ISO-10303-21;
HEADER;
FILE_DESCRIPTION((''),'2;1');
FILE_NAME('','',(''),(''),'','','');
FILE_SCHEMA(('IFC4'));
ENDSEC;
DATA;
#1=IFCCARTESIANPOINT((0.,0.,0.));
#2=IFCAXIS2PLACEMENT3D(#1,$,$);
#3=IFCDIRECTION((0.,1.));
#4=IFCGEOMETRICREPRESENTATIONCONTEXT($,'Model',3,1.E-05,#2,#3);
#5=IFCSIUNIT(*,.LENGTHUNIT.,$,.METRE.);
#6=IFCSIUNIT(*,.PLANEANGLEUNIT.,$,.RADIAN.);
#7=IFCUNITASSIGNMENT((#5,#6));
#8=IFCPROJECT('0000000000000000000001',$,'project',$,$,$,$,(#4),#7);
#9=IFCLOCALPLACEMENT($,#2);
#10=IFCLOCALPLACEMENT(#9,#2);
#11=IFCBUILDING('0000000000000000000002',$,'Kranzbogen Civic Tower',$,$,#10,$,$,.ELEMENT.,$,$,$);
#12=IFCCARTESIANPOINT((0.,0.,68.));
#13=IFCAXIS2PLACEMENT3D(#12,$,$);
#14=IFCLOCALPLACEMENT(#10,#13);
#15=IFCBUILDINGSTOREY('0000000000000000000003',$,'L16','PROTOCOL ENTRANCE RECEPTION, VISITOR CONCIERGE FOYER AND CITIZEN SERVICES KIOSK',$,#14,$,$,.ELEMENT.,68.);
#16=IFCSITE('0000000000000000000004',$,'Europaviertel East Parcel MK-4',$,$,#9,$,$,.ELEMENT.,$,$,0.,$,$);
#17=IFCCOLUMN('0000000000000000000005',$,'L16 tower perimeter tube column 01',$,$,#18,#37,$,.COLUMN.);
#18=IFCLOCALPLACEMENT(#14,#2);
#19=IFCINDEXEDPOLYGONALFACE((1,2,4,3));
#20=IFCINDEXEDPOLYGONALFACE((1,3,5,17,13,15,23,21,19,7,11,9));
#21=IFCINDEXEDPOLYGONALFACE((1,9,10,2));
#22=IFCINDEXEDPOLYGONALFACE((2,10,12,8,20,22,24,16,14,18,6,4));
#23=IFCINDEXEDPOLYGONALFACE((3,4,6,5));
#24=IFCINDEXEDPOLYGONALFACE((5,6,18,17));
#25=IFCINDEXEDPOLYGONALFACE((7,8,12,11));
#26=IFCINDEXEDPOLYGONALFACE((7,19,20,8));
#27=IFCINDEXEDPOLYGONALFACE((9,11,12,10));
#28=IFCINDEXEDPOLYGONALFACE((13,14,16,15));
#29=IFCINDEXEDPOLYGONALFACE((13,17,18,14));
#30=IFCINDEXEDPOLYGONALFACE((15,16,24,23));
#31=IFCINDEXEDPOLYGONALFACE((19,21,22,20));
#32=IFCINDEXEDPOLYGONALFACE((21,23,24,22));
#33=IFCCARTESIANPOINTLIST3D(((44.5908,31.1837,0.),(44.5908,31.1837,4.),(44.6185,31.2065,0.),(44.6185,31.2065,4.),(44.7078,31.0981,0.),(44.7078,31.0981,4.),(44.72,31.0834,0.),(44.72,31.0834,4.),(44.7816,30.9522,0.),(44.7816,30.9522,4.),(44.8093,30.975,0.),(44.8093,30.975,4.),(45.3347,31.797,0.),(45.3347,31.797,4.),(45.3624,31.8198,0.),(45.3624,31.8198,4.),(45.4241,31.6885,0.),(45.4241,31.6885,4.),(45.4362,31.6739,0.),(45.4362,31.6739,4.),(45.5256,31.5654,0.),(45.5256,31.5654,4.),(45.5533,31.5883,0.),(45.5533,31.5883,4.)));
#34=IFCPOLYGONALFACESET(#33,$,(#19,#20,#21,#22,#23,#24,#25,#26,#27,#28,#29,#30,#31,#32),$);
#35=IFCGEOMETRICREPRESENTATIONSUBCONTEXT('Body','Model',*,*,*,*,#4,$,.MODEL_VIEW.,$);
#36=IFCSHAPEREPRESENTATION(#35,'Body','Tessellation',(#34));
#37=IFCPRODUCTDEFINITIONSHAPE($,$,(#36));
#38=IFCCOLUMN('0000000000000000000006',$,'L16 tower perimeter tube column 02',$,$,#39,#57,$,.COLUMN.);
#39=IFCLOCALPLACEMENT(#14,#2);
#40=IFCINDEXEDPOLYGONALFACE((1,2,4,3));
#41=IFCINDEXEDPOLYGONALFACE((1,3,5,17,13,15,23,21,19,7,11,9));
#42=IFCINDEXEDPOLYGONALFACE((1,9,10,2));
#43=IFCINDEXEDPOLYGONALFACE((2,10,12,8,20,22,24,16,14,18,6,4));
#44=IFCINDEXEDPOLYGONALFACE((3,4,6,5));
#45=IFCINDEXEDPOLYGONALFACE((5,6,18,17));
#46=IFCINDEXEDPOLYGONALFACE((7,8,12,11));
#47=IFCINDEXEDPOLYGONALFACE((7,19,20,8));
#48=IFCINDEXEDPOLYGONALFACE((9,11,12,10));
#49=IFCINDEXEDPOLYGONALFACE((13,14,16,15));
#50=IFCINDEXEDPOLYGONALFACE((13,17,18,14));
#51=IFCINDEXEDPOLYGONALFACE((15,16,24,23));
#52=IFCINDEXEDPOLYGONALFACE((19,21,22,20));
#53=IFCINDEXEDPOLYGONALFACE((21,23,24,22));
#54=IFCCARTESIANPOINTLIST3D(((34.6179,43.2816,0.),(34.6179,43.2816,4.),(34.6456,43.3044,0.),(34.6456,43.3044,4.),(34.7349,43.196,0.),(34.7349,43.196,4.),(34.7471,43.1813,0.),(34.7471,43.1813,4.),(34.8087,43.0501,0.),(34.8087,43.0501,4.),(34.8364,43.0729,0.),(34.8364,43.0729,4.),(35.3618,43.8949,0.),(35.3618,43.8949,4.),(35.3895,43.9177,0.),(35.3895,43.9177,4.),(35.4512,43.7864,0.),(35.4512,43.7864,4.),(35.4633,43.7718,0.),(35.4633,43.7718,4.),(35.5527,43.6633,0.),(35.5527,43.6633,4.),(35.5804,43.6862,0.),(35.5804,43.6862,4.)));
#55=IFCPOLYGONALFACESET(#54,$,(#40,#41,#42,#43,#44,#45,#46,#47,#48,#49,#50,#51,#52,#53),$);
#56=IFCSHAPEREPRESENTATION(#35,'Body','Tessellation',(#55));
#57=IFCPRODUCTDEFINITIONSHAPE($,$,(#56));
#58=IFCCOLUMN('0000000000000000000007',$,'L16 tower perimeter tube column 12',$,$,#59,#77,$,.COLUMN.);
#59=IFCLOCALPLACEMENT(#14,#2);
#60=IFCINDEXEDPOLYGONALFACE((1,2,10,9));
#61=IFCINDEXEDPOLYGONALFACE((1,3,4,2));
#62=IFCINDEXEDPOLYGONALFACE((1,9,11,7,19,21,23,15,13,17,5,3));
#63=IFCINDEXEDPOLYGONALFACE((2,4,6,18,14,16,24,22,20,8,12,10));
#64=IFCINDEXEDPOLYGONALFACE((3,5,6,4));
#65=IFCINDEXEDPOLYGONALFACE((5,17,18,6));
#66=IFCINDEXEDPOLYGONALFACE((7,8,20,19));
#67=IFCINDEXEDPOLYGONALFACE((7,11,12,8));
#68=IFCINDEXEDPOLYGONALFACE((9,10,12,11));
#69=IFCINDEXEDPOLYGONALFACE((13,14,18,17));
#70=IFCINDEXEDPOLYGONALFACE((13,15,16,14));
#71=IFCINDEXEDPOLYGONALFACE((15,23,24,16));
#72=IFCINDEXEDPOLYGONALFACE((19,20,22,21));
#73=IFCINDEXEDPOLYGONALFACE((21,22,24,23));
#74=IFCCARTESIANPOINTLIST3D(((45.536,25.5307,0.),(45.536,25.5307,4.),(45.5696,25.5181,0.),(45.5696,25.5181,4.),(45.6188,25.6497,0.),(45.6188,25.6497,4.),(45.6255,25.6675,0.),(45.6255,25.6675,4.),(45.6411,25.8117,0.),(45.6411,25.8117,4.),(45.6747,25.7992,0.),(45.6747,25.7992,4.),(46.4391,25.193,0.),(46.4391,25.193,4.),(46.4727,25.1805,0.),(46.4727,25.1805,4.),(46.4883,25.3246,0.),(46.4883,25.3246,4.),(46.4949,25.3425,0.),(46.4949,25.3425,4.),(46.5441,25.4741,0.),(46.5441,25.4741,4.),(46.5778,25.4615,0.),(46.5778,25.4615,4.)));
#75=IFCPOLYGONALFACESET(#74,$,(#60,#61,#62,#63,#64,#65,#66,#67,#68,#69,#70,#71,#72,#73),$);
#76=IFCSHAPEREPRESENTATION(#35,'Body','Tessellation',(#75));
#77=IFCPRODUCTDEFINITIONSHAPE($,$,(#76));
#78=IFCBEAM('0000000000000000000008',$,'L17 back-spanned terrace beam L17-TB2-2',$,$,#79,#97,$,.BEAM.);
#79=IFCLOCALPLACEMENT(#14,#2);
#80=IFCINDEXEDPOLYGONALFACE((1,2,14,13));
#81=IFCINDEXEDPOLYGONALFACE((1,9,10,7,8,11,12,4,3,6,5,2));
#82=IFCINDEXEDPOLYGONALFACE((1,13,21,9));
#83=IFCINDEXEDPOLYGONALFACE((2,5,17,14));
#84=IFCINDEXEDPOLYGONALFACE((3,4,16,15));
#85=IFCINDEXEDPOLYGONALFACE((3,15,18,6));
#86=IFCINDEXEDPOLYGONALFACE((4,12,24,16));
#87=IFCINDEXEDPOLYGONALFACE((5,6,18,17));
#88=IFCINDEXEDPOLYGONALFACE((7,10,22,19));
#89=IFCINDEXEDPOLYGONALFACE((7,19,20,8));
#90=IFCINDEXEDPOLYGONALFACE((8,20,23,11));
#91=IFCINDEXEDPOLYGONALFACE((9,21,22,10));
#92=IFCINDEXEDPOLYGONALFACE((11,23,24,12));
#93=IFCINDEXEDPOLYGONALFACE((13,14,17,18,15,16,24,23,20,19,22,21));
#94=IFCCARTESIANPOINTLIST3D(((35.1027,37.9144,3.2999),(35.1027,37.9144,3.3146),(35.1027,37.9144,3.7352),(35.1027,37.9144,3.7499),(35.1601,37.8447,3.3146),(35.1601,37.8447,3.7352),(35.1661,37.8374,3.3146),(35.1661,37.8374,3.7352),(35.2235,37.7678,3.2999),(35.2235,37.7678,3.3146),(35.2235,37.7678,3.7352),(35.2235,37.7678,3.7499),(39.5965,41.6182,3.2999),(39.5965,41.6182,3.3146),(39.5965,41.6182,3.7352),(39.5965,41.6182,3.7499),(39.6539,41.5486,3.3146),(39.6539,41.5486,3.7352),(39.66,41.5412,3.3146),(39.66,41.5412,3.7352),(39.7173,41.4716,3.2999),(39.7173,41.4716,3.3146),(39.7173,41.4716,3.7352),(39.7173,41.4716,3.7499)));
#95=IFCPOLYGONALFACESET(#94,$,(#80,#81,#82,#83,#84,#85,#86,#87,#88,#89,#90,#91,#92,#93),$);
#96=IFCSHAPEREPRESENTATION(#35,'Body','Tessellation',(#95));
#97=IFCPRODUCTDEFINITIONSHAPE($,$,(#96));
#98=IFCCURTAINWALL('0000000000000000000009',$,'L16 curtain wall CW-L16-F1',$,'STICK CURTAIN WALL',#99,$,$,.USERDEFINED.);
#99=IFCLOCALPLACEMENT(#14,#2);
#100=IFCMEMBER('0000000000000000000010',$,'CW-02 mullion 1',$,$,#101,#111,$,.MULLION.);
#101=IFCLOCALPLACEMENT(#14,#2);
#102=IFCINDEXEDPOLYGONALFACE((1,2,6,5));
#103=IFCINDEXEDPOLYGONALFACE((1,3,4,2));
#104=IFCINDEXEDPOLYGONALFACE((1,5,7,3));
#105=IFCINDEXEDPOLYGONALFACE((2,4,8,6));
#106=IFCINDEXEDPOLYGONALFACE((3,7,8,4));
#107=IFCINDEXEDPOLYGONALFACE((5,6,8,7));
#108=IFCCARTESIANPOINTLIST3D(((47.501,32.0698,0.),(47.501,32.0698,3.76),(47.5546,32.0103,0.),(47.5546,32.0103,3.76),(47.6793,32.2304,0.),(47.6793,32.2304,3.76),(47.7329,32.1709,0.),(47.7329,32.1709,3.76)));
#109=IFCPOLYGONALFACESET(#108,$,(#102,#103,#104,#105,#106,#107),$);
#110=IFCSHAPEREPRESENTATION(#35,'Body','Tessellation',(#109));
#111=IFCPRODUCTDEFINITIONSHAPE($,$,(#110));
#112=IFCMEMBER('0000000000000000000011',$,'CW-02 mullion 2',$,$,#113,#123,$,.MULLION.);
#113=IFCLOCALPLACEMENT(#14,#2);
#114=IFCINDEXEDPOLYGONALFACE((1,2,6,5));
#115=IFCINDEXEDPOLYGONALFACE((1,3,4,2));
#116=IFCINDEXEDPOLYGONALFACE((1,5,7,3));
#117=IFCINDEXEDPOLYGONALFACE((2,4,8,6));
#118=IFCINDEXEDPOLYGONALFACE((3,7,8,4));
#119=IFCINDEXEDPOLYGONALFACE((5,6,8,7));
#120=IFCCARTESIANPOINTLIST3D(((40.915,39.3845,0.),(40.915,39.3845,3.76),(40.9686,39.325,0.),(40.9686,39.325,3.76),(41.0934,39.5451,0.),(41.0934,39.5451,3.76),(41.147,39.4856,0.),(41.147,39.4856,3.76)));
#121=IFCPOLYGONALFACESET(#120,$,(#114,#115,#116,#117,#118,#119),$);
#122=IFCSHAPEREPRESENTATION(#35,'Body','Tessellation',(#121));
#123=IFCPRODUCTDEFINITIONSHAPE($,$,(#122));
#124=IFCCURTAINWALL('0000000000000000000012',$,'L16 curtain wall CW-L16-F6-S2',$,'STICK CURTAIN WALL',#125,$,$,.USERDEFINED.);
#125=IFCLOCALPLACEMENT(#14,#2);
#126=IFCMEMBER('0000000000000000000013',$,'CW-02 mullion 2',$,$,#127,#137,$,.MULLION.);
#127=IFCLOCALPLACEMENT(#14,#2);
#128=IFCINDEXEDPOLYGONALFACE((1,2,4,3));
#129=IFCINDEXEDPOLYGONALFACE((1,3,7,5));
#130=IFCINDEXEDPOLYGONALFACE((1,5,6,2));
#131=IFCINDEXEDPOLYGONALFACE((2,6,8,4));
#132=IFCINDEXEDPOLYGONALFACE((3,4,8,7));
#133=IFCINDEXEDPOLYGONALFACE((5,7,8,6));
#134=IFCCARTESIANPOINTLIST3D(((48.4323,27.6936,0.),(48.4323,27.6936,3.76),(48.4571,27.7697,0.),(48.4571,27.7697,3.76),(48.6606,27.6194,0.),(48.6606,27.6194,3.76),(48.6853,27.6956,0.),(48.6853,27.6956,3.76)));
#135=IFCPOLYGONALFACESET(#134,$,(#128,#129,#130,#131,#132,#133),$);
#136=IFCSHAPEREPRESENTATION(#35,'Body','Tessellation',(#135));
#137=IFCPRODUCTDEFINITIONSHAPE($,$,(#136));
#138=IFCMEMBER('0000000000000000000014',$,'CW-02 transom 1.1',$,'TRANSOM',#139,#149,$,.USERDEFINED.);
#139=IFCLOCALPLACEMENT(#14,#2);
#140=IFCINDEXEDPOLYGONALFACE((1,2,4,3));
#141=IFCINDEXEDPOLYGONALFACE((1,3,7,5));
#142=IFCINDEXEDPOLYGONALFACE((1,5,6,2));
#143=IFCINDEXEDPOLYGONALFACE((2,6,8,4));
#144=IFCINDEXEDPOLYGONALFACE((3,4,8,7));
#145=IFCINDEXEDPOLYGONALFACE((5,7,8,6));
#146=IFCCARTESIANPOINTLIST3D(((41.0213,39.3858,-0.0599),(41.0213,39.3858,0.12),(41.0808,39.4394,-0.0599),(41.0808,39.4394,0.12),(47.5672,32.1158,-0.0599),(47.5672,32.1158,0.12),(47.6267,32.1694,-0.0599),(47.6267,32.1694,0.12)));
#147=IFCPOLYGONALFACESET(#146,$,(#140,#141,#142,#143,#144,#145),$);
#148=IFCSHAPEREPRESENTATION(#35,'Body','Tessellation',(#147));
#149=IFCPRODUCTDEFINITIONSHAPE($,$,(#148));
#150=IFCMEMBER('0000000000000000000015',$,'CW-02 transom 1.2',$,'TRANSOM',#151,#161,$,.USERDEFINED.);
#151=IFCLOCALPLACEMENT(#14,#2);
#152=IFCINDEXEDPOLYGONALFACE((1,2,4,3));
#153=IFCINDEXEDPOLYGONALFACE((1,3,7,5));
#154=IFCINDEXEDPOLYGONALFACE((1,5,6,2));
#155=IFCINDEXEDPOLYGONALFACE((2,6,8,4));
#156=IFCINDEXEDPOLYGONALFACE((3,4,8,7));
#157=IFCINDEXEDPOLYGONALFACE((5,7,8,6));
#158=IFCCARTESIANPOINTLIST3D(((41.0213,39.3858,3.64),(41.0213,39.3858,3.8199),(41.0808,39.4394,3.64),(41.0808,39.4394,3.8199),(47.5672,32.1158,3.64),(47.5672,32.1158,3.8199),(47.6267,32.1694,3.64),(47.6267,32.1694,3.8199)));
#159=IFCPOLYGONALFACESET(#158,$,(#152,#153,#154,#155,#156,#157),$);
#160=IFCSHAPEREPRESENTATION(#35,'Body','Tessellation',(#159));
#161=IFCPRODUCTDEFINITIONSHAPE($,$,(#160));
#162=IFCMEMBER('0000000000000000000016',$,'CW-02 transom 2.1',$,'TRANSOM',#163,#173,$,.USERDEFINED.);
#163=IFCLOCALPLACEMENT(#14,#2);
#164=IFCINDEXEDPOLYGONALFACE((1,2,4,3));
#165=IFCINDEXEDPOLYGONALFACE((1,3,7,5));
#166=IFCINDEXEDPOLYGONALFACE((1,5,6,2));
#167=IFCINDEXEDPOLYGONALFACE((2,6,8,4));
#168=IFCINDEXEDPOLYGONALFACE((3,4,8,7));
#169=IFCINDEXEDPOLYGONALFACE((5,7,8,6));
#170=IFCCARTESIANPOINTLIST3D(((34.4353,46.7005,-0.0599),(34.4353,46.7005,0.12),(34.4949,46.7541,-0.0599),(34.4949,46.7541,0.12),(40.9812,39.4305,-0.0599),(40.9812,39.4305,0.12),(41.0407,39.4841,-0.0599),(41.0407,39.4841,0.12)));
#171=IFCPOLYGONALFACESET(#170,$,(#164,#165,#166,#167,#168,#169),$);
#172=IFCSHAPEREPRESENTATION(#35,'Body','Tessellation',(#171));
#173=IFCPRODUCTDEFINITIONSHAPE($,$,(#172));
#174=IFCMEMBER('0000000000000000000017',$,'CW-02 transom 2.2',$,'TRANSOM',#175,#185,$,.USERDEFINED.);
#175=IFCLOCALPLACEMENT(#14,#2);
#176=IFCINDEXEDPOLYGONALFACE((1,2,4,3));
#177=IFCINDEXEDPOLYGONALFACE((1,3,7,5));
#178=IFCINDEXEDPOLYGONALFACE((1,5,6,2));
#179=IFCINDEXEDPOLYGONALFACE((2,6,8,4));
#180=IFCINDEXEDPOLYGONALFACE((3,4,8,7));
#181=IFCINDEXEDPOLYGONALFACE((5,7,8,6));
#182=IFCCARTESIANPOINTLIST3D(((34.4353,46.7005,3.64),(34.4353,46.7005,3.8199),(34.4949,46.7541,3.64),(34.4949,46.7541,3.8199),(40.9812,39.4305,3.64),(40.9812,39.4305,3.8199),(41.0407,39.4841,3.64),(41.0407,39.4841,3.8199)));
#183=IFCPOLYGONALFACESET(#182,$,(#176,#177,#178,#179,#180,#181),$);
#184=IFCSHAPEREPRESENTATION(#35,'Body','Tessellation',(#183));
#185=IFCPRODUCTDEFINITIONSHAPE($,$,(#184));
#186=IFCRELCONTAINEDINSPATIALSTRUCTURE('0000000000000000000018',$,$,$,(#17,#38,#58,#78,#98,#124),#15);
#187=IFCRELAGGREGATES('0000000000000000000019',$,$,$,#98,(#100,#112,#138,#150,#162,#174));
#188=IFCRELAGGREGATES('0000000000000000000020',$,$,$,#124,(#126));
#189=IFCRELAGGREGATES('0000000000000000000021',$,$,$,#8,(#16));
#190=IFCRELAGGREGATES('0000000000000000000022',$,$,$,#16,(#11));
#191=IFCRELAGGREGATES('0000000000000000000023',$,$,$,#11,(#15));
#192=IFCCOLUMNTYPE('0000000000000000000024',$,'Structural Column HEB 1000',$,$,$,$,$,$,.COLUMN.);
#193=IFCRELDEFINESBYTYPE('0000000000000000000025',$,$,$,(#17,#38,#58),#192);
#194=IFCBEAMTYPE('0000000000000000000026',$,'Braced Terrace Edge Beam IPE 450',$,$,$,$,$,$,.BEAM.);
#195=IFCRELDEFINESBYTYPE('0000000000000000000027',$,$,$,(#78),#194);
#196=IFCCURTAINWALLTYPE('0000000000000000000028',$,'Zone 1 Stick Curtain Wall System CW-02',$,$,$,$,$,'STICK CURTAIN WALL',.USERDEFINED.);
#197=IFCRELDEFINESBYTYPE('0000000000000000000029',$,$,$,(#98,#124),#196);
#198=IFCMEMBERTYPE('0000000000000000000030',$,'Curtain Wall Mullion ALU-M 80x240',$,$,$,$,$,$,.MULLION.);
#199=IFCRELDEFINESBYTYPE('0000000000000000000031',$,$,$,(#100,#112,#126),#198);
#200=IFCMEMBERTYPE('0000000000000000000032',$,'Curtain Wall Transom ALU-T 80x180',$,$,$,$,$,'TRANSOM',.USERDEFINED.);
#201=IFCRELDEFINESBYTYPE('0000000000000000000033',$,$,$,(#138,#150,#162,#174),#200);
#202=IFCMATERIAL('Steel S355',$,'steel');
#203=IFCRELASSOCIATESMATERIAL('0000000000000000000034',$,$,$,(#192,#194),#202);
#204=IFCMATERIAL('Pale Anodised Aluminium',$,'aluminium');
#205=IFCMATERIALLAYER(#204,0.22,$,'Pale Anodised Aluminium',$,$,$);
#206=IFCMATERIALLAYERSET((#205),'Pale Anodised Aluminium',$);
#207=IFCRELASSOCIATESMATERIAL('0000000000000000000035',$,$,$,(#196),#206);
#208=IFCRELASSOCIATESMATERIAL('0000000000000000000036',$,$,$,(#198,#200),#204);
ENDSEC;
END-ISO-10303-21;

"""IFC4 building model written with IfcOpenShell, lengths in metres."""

from ifc_helpers import new_model, si_unit, direction, frame, origin, origin_2d, place, context, subcontext, project, spatial, rectangle, i_section, extrude, material, layer, layer_set, material_profile, profile_set, type_object, element, aggregate, save


model = new_model("IFC4")

# Units and contexts
model_context = context("Model", 3, precision=1e-05, world=origin(), true_north=direction((0.0, 1.0)))
body_context = subcontext(model_context, "Body", "Model", "MODEL_VIEW")
ifc_project = project(units=[si_unit("LENGTHUNIT", "METRE"), si_unit("PLANEANGLEUNIT", "RADIAN")], contexts=[model_context])

# Site, building, storey
site_placement = place(None, origin())
site = spatial("IfcSite", under=ifc_project, at=site_placement, Name="Europaviertel East Parcel MK-4", CompositionType="ELEMENT", RefElevation=0.0)
building_placement = place(site_placement, origin())
building = spatial("IfcBuilding", under=site, at=building_placement, Name="Kranzbogen Civic Tower", CompositionType="ELEMENT")
storey_placement = place(building_placement, frame((0.0, 0.0, 68.0)))
storey = spatial("IfcBuildingStorey", under=building, at=storey_placement, Name="L16", Description="PROTOCOL ENTRANCE RECEPTION, VISITOR CONCIERGE FOYER AND CITIZEN SERVICES KIOSK", CompositionType="ELEMENT", Elevation=68.0)

# Columns
ifc_material_1 = material(Name="Steel S355", Category="steel")
ifc_material_profile_1 = material_profile(ifc_material_1, i_section(OverallWidth=0.3, OverallDepth=1.0, WebThickness=0.019, FlangeThickness=0.0359, at=origin_2d()), Name="HEB 1000")
ifc_profile_set_1 = profile_set([ifc_material_profile_1], Name="Steel S355")
column_type = type_object("IfcColumnType", Name="Structural Column HEB 1000", PredefinedType="COLUMN", material=ifc_profile_set_1)
for number, where, z_axis, x_axis, name in (
    (1, (45.072, 31.386, 0.0), (0.0, 0.0, 1.0), (-0.636078, 0.771625, 0.0), "L16 tower perimeter tube column 01"),
    (2, (35.0991, 43.4839, 0.0), (0.0, 0.0, 1.0), (-0.636078, 0.771625, 0.0), "L16 tower perimeter tube column 02"),
    (3, (46.0569, 25.4961, 0.0), (0.0, 0.0, 1.0), (0.350207, 0.936672, 0.0), "L16 tower perimeter tube column 12"),
):
    element("IfcColumn", number, at=place(storey_placement, frame(where, z_axis=z_axis, x_axis=x_axis)), inside=storey, type_object=column_type, Name=name, PredefinedType="COLUMN", context=body_context, shape_type="SweptSolid", body=[
        extrude(i_section(OverallWidth=0.3, OverallDepth=1.0, WebThickness=0.019, FlangeThickness=0.0359, at=origin_2d()), origin(), (0.0, 0.0, 1.0), 4.0),
    ])

# Beam
ifc_material_profile_2 = material_profile(ifc_material_1, i_section(OverallWidth=0.1899, OverallDepth=0.45, WebThickness=0.0095, FlangeThickness=0.0146, at=origin_2d()), Name="IPE 450")
ifc_profile_set_2 = profile_set([ifc_material_profile_2], Name="Steel S355")
beam_type_1 = type_object("IfcBeamType", Name="Braced Terrace Edge Beam IPE 450", PredefinedType="BEAM", material=ifc_profile_set_2)
beam_1_placement = place(storey_placement, frame((35.1631, 37.8411, 3.5249), z_axis=(0.771677, 0.636014, 0.0), x_axis=(-0.636014, 0.771677, 0.0)))
element("IfcBeam", 4, at=beam_1_placement, inside=storey, type_object=beam_type_1, Name="L17 back-spanned terrace beam L17-TB2-2", PredefinedType="BEAM", context=body_context, shape_type="SweptSolid", body=[
    extrude(i_section(OverallWidth=0.1899, OverallDepth=0.45, WebThickness=0.0095, FlangeThickness=0.0146, at=origin_2d()), origin(), (0.0, 0.0, 1.0), 5.8235),
])

# Curtain wall, members
ifc_material_2 = material(Name="Pale Anodised Aluminium", Category="aluminium")
ifc_layer_1 = layer(ifc_material_2, 0.22, Name="Pale Anodised Aluminium")
ifc_layer_set_1 = layer_set([ifc_layer_1], Name="Pale Anodised Aluminium")
curtain_wall_type = type_object("IfcCurtainWallType", Name="Zone 1 Stick Curtain Wall System CW-02", ElementType="STICK CURTAIN WALL", PredefinedType="USERDEFINED", material=ifc_layer_set_1)
curtain_wall_1_placement = place(storey_placement, origin())
curtain_wall_1 = element("IfcCurtainWall", 5, at=curtain_wall_1_placement, inside=storey, type_object=curtain_wall_type, Name="L16 curtain wall CW-L16-F1", ObjectType="STICK CURTAIN WALL", PredefinedType="USERDEFINED")
ifc_material_profile_3 = material_profile(ifc_material_2, rectangle(XDim=0.0801, YDim=0.24, at=origin_2d()), Name="ALU-M 80x240")
ifc_profile_set_3 = profile_set([ifc_material_profile_3], Name="Pale Anodised Aluminium")
member_type_1 = type_object("IfcMemberType", Name="Curtain Wall Mullion ALU-M 80x240", PredefinedType="MULLION", material=ifc_profile_set_3)
member_1_placement = place(storey_placement, frame((47.6169, 32.1204, 0.0), z_axis=(0.0, 0.0, 1.0), x_axis=(-0.669116, 0.743158, 0.0)))
member_1 = element("IfcMember", 6, at=member_1_placement, type_object=member_type_1, Name="CW-02 mullion 1", PredefinedType="MULLION", context=body_context, shape_type="SweptSolid", body=[
    extrude(rectangle(XDim=0.0801, YDim=0.24, at=origin_2d()), origin(), (0.0, 0.0, 1.0), 3.76),
])
member_2_placement = place(storey_placement, frame((41.031, 39.4351, 0.0), z_axis=(0.0, 0.0, 1.0), x_axis=(-0.669116, 0.743158, 0.0)))
member_2 = element("IfcMember", 7, at=member_2_placement, type_object=member_type_1, Name="CW-02 mullion 2", PredefinedType="MULLION", context=body_context, shape_type="SweptSolid", body=[
    extrude(rectangle(XDim=0.0801, YDim=0.24, at=origin_2d()), origin(), (0.0, 0.0, 1.0), 3.76),
])

# Curtain wall, member
curtain_wall_2_placement = place(storey_placement, origin())
curtain_wall_2 = element("IfcCurtainWall", 8, at=curtain_wall_2_placement, inside=storey, type_object=curtain_wall_type, Name="L16 curtain wall CW-L16-F6-S2", ObjectType="STICK CURTAIN WALL", PredefinedType="USERDEFINED")
member_3_placement = place(storey_placement, frame((48.5588, 27.6946, 0.0), z_axis=(0.0, 0.0, 1.0), x_axis=(0.309023, 0.951054, 0.0)))
member_3 = element("IfcMember", 9, at=member_3_placement, type_object=member_type_1, Name="CW-02 mullion 2", PredefinedType="MULLION", context=body_context, shape_type="SweptSolid", body=[
    extrude(rectangle(XDim=0.0801, YDim=0.24, at=origin_2d()), origin(), (0.0, 0.0, 1.0), 3.76),
])

# Members
ifc_material_profile_4 = material_profile(ifc_material_2, rectangle(XDim=0.0801, YDim=0.1799, at=origin_2d()), Name="ALU-T 80x180")
ifc_profile_set_4 = profile_set([ifc_material_profile_4], Name="Pale Anodised Aluminium")
member_type_2 = type_object("IfcMemberType", Name="Curtain Wall Transom ALU-T 80x180", ElementType="TRANSOM", PredefinedType="USERDEFINED", material=ifc_profile_set_4)
member_4_placement = place(storey_placement, frame((47.5969, 32.1426, 0.03), z_axis=(-0.669127, 0.743148, 0.0), x_axis=(-0.743148, -0.669127, 0.0)))
member_4 = element("IfcMember", 10, at=member_4_placement, type_object=member_type_2, Name="CW-02 transom 1.1", ObjectType="TRANSOM", PredefinedType="USERDEFINED", context=body_context, shape_type="SweptSolid", body=[
    extrude(rectangle(XDim=0.0801, YDim=0.1799, at=origin_2d()), origin(), (0.0, 0.0, 1.0), 9.7827),
])
member_5_placement = place(storey_placement, frame((47.5969, 32.1426, 3.73), z_axis=(-0.669127, 0.743148, 0.0), x_axis=(-0.743148, -0.669127, 0.0)))
member_5 = element("IfcMember", 11, at=member_5_placement, type_object=member_type_2, Name="CW-02 transom 1.2", ObjectType="TRANSOM", PredefinedType="USERDEFINED", context=body_context, shape_type="SweptSolid", body=[
    extrude(rectangle(XDim=0.0801, YDim=0.1799, at=origin_2d()), origin(), (0.0, 0.0, 1.0), 9.7827),
])
member_6_placement = place(storey_placement, frame((41.011, 39.4573, 0.03), z_axis=(-0.669127, 0.743148, 0.0), x_axis=(-0.743148, -0.669127, 0.0)))
member_6 = element("IfcMember", 12, at=member_6_placement, type_object=member_type_2, Name="CW-02 transom 2.1", ObjectType="TRANSOM", PredefinedType="USERDEFINED", context=body_context, shape_type="SweptSolid", body=[
    extrude(rectangle(XDim=0.0801, YDim=0.1799, at=origin_2d()), origin(), (0.0, 0.0, 1.0), 9.7827),
])
member_7_placement = place(storey_placement, frame((41.011, 39.4573, 3.73), z_axis=(-0.669127, 0.743148, 0.0), x_axis=(-0.743148, -0.669127, 0.0)))
member_7 = element("IfcMember", 13, at=member_7_placement, type_object=member_type_2, Name="CW-02 transom 2.2", ObjectType="TRANSOM", PredefinedType="USERDEFINED", context=body_context, shape_type="SweptSolid", body=[
    extrude(rectangle(XDim=0.0801, YDim=0.1799, at=origin_2d()), origin(), (0.0, 0.0, 1.0), 9.7827),
])

aggregate(curtain_wall_1, [member_1, member_2, member_4, member_5, member_6, member_7])
aggregate(curtain_wall_2, [member_3])

save(model, "model.ifc")
